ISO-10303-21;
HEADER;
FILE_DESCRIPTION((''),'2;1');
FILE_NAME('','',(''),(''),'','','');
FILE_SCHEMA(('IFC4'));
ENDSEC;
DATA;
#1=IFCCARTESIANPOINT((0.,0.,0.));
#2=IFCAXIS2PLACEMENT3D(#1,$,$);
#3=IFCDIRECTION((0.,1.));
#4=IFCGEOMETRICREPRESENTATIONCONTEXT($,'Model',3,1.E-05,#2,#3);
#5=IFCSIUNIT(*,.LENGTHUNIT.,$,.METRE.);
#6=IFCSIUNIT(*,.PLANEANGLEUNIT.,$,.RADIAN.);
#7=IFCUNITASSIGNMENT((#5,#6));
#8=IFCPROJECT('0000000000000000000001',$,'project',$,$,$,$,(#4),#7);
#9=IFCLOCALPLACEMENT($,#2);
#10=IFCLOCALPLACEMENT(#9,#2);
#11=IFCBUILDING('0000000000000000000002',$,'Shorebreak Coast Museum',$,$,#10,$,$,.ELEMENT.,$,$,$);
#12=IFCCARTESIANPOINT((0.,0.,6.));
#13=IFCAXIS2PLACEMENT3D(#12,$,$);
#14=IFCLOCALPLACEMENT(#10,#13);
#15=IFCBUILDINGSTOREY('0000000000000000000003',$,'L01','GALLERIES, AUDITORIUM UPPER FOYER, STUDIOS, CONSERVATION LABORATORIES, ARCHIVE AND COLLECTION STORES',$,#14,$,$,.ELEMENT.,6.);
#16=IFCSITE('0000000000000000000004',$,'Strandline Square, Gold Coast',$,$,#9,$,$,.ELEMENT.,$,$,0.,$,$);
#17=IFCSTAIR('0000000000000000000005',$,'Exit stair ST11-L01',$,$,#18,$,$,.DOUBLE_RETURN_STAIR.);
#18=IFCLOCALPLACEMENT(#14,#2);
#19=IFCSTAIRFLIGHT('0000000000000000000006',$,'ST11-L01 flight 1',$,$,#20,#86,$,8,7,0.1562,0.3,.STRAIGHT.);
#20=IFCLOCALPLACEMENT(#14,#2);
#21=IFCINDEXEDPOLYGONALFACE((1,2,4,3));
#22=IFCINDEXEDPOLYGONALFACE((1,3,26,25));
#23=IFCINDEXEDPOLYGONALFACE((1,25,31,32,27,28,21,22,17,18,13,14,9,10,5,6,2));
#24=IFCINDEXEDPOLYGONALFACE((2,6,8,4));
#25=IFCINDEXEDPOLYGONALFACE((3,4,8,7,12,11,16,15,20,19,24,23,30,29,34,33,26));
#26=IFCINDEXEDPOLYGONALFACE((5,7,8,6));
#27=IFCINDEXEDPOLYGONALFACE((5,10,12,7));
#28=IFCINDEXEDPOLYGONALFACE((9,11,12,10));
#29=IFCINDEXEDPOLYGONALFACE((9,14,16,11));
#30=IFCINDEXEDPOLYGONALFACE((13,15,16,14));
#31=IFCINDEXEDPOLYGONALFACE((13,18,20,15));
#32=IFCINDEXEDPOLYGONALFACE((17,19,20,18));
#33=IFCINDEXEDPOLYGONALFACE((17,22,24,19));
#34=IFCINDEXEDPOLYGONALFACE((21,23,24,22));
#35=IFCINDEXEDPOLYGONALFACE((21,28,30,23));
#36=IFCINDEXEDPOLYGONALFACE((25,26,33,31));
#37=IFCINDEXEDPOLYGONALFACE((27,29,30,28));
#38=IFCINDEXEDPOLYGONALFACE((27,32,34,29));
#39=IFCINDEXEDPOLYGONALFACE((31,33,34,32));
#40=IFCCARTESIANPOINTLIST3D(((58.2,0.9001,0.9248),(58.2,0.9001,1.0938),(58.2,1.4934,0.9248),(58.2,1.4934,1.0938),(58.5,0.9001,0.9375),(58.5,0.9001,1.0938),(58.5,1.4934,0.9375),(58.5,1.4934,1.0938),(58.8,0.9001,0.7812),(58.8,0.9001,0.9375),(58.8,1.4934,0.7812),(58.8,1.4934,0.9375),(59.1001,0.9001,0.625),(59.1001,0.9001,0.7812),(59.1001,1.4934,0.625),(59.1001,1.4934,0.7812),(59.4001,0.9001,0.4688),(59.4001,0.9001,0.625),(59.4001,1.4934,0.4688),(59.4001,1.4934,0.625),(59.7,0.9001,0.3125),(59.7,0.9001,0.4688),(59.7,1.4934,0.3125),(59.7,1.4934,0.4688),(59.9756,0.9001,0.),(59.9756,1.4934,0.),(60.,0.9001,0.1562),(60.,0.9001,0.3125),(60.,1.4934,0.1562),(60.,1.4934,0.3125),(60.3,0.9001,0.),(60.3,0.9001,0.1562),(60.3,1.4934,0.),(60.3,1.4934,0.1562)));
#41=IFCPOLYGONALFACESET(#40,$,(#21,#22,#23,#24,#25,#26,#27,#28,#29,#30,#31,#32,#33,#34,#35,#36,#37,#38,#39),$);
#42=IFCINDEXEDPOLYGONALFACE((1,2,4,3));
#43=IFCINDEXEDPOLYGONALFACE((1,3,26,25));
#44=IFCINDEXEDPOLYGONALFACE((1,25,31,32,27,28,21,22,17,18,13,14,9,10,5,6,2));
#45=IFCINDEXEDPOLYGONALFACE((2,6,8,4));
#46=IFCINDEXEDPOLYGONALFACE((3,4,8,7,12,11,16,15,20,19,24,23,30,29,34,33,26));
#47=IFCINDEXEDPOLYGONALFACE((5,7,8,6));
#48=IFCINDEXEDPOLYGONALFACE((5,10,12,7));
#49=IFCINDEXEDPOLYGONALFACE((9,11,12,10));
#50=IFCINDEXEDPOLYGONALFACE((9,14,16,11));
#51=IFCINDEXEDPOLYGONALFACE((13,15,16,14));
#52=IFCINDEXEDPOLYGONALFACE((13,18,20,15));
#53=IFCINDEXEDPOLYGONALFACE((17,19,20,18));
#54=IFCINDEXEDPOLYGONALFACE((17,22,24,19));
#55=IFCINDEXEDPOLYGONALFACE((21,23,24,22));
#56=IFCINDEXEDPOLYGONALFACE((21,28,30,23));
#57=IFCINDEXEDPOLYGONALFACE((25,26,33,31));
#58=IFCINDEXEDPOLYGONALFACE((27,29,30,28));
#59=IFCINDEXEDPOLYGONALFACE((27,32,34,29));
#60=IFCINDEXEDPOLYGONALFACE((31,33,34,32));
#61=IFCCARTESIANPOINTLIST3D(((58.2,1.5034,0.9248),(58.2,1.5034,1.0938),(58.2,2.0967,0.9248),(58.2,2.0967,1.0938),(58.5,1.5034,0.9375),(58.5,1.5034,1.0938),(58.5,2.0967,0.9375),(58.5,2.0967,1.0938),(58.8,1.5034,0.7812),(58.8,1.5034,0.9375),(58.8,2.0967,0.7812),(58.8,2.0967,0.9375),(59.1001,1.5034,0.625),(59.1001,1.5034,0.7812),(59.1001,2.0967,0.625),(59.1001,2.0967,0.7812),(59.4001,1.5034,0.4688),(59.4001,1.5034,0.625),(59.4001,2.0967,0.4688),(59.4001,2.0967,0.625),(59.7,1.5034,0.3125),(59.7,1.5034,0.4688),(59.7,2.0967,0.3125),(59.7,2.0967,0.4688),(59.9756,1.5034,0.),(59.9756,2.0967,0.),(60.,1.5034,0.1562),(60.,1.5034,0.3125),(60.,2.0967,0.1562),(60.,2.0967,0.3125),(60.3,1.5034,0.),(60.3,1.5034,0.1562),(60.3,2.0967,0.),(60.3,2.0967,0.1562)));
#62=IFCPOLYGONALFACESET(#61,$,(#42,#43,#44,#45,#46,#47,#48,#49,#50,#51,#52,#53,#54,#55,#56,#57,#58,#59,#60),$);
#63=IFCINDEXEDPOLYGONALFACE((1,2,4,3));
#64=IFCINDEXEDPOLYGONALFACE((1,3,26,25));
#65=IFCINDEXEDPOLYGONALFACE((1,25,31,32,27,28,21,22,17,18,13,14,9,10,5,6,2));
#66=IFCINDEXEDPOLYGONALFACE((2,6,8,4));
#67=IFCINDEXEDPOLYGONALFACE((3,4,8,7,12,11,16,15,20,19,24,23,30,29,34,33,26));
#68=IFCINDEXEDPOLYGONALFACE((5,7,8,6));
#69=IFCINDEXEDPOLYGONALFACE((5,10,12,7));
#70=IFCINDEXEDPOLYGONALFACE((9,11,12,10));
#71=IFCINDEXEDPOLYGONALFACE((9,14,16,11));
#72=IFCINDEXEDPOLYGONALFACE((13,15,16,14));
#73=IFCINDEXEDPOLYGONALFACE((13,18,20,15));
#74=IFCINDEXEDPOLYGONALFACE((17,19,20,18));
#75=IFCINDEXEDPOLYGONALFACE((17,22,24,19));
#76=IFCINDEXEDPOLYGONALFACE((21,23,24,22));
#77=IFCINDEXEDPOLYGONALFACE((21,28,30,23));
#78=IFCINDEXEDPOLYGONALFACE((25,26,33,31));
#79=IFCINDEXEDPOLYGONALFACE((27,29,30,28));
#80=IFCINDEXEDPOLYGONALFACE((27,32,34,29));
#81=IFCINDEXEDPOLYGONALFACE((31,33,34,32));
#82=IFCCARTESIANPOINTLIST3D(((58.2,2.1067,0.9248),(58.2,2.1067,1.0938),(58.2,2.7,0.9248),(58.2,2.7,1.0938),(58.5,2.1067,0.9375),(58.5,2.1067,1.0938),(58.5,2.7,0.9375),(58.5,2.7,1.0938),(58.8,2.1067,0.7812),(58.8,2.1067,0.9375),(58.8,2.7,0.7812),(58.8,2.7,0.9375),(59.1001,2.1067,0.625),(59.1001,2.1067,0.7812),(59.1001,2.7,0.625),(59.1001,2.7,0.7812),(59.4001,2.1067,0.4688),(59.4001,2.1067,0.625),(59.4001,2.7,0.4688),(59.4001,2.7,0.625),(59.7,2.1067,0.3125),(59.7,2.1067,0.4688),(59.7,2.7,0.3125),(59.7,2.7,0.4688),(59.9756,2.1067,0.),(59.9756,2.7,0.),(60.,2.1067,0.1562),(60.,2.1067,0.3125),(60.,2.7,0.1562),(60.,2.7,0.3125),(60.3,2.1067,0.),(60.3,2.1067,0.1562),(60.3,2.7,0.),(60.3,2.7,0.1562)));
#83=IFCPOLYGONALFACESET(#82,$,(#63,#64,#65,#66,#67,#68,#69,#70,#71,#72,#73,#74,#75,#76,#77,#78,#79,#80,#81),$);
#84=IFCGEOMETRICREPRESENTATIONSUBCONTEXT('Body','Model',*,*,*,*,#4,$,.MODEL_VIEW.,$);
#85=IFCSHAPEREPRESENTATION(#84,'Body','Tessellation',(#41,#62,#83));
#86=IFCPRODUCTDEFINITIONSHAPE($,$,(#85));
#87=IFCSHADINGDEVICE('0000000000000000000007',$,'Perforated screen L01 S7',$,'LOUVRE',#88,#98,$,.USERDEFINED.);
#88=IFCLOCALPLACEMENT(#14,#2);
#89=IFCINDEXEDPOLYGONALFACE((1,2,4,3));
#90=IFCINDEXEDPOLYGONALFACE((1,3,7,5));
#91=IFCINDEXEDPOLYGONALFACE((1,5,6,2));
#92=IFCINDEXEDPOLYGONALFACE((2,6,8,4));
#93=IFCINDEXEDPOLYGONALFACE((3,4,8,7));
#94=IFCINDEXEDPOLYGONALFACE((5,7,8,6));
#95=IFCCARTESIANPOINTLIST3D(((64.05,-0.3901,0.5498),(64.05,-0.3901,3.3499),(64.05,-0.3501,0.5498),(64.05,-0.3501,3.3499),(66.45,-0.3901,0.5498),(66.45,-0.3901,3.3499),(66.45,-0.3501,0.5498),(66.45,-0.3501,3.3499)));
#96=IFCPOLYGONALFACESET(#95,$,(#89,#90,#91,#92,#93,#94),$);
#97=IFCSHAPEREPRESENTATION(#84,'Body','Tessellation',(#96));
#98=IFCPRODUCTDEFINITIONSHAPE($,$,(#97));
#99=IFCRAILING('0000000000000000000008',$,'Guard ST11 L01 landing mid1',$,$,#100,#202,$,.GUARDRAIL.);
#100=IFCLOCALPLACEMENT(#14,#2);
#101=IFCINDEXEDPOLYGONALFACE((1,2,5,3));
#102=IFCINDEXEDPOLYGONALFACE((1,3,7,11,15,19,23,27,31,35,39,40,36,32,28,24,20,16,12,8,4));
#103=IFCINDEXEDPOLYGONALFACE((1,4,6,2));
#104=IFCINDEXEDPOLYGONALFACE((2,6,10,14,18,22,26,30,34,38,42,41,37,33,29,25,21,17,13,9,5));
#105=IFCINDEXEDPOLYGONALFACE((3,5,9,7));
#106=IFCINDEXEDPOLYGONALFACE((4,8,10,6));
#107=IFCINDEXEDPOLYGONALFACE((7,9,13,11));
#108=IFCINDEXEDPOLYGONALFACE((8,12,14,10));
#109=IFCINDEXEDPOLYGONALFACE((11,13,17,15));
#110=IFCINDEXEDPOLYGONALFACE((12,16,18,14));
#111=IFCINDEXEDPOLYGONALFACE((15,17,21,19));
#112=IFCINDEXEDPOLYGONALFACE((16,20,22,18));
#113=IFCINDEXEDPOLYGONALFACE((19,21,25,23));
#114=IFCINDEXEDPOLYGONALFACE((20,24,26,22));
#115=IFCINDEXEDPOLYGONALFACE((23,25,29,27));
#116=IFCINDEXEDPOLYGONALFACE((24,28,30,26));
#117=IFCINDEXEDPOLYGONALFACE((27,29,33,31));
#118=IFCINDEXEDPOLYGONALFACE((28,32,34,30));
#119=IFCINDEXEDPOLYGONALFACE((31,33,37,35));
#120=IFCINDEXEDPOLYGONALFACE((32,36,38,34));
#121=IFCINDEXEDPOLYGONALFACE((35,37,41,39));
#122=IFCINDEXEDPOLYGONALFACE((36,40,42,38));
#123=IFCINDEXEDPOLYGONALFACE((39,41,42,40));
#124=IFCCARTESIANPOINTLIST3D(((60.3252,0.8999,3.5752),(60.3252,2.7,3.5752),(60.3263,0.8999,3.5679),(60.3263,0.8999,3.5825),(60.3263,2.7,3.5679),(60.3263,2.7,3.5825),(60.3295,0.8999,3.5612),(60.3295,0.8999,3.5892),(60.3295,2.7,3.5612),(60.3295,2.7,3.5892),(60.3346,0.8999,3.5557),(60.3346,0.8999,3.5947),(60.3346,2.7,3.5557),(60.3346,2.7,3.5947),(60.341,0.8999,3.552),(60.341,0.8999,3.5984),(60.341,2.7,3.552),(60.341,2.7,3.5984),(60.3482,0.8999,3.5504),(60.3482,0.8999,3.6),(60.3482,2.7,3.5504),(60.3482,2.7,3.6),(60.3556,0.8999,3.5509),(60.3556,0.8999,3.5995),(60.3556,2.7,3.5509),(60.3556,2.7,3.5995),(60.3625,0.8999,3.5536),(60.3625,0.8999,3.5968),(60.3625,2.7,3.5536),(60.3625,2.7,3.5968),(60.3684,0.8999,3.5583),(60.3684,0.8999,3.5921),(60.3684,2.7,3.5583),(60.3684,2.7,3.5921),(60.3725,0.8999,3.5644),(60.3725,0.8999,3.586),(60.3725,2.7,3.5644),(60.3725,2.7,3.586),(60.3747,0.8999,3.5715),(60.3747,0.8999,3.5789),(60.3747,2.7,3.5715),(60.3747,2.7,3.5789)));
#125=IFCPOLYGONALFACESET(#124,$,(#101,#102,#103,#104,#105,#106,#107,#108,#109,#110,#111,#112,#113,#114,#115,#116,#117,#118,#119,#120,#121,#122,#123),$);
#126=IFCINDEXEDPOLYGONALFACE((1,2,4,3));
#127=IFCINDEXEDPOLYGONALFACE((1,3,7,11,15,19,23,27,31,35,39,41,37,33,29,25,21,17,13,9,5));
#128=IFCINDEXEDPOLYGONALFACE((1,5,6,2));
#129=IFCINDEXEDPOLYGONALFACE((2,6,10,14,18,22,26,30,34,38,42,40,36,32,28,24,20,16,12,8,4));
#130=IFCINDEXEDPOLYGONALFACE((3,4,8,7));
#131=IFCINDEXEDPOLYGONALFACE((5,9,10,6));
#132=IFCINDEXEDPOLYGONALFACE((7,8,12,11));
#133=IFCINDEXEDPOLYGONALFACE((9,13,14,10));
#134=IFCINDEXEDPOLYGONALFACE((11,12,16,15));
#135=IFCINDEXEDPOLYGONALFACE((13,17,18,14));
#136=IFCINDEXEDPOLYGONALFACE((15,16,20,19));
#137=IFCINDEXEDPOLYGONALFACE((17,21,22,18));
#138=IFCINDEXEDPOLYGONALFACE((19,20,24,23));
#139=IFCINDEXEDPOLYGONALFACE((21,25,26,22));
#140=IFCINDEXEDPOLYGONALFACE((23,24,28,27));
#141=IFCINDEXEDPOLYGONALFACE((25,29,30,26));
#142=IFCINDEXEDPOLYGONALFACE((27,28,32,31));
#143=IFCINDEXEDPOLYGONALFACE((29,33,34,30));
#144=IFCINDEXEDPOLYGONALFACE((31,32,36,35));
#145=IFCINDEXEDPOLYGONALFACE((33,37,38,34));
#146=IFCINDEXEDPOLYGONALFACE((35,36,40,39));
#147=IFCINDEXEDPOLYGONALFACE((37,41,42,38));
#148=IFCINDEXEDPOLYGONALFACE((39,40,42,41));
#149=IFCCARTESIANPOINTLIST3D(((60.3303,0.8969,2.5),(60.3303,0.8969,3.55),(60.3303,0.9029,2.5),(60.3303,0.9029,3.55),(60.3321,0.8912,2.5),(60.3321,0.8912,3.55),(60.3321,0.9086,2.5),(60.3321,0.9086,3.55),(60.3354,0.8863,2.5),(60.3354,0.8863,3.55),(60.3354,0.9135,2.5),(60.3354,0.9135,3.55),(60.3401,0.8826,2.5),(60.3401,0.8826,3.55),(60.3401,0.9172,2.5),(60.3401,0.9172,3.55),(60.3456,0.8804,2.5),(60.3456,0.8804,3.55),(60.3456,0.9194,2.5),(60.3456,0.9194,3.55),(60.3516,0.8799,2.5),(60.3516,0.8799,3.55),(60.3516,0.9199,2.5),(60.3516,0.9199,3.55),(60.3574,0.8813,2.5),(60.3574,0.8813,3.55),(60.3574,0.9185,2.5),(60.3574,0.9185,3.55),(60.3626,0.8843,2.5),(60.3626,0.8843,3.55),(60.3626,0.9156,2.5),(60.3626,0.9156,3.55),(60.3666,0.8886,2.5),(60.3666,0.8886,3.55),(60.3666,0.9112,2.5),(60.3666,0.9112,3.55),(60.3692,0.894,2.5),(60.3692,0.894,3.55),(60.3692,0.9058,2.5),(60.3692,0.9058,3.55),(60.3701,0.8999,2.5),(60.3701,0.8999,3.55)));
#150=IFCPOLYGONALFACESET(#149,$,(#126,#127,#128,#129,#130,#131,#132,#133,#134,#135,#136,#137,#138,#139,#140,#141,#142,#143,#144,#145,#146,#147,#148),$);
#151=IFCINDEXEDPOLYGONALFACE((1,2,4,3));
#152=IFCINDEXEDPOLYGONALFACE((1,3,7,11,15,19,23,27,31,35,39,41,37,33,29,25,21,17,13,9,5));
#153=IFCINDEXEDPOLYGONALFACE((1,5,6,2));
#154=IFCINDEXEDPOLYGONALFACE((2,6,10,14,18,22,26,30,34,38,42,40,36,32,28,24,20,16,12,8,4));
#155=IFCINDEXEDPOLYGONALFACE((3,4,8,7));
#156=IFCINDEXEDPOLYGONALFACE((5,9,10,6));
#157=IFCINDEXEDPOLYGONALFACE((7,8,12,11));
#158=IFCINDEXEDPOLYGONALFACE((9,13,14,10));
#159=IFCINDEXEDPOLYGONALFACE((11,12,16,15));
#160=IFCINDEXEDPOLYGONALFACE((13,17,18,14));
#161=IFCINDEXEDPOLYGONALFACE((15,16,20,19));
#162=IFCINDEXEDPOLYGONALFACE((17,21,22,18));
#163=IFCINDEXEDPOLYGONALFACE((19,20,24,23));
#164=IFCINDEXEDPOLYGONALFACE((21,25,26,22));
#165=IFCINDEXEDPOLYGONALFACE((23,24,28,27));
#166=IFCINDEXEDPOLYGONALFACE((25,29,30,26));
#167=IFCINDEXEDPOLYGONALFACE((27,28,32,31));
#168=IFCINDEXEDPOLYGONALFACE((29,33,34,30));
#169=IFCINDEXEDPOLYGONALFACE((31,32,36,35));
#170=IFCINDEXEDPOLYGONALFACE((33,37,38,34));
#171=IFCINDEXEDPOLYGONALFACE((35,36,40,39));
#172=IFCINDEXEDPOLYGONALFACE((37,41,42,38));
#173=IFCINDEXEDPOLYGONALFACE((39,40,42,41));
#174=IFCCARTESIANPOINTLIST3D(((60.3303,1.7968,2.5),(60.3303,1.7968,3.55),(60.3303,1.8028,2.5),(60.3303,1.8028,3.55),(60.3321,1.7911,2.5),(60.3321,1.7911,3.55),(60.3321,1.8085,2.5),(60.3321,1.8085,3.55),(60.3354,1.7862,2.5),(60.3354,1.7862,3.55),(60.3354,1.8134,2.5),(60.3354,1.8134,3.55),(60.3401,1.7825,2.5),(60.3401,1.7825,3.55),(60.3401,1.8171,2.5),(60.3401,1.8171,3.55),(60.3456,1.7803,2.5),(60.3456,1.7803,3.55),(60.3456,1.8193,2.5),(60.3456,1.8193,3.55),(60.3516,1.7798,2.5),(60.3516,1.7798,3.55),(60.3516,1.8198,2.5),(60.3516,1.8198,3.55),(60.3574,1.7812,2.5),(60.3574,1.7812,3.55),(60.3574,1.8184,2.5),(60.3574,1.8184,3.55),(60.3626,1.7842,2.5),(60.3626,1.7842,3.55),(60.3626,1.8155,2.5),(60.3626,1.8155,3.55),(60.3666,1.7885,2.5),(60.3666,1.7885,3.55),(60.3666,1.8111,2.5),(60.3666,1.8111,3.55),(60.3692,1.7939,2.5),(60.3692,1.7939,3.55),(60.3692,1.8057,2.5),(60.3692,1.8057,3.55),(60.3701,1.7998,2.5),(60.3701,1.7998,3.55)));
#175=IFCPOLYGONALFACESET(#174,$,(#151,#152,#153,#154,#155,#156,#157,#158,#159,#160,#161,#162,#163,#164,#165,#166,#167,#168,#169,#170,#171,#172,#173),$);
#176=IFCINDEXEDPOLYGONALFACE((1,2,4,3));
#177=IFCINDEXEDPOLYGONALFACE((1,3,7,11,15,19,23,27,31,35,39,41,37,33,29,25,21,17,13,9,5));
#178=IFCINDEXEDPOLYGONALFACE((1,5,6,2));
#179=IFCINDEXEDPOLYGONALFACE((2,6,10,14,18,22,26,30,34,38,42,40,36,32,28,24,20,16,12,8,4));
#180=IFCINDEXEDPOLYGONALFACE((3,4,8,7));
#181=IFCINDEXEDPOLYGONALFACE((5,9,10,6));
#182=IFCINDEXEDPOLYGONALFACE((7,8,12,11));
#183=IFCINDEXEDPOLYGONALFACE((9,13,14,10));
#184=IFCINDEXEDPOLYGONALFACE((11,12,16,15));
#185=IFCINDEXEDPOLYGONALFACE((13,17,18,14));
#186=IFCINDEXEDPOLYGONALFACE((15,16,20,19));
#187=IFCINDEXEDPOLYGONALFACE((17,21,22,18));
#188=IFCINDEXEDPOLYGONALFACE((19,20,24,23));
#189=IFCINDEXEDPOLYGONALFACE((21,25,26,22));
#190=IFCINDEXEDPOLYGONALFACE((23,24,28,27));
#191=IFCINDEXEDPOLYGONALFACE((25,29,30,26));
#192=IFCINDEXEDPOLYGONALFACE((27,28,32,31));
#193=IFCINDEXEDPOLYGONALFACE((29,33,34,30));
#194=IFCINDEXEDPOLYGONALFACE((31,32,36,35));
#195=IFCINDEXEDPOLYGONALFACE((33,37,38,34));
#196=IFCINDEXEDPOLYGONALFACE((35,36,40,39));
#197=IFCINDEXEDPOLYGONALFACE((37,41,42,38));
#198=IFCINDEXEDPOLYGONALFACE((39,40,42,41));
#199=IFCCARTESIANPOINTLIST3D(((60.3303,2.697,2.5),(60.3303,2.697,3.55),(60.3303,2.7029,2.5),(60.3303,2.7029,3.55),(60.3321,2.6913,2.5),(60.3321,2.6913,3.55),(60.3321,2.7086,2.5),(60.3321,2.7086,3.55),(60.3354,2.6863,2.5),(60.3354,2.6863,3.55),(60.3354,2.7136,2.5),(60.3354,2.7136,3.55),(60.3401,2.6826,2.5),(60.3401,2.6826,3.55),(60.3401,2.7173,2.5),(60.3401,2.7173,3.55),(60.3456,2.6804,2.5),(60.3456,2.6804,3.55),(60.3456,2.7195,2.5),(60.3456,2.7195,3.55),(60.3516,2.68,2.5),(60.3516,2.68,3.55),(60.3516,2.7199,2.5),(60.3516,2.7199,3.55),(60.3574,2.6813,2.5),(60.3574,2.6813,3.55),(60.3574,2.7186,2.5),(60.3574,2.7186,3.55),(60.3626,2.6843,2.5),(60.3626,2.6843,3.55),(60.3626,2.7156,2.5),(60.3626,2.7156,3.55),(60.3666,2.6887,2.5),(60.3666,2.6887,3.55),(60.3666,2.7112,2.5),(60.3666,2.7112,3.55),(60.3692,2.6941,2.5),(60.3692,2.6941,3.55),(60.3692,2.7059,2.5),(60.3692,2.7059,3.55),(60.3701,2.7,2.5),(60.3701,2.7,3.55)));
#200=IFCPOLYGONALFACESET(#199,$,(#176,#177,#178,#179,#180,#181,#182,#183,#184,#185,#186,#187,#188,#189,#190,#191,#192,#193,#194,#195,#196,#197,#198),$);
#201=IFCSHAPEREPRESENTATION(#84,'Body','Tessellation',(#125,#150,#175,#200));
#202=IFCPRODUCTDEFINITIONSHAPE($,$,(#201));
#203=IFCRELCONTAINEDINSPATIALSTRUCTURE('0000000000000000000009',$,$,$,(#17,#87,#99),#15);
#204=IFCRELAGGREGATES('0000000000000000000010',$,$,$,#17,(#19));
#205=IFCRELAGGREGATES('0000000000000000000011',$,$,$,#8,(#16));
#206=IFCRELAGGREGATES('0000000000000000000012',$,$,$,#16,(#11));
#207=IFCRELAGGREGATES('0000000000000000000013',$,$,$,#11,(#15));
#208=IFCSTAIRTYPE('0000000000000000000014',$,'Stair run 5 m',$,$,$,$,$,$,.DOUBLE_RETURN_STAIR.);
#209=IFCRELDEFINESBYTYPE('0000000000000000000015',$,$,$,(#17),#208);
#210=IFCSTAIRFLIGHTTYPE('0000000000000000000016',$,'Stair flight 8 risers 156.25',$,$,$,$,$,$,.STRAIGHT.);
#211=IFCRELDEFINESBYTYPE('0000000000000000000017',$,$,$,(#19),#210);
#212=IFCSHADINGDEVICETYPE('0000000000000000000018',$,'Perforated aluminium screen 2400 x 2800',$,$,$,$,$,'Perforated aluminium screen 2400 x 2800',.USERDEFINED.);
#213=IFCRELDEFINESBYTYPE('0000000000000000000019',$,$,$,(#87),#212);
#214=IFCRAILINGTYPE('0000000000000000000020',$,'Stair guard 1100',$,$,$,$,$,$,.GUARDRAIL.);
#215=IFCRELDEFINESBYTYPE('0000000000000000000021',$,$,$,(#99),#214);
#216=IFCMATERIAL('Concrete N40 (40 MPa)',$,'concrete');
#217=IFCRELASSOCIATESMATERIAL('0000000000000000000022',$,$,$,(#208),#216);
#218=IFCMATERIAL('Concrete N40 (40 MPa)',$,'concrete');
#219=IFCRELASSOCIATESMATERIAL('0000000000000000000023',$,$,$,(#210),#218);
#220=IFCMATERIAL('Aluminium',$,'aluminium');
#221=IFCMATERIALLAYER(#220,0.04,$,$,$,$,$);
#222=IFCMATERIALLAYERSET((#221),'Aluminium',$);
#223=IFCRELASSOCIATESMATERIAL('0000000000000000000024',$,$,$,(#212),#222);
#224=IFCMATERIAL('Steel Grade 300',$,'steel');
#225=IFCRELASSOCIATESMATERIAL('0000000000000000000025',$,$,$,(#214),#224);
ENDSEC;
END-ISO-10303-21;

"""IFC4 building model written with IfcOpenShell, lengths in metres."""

from ifc_helpers import new_model, si_unit, direction, frame, origin, origin_2d, place, context, subcontext, project, spatial, polyline, rectangle, circle, outline, extrude, material, layer, layer_set, type_object, element, aggregate, save


model = new_model("IFC4")

# Units and contexts
model_context = context("Model", 3, precision=1e-05, world=origin(), true_north=direction((0.0, 1.0)))
body_context = subcontext(model_context, "Body", "Model", "MODEL_VIEW")
ifc_project = project(units=[si_unit("LENGTHUNIT", "METRE"), si_unit("PLANEANGLEUNIT", "RADIAN")], contexts=[model_context])

# Site, building, storey
site_placement = place(None, origin())
site = spatial("IfcSite", under=ifc_project, at=site_placement, Name="Strandline Square, Gold Coast", CompositionType="ELEMENT", RefElevation=0.0)
building_placement = place(site_placement, origin())
building = spatial("IfcBuilding", under=site, at=building_placement, Name="Shorebreak Coast Museum", CompositionType="ELEMENT")
storey_placement = place(building_placement, frame((0.0, 0.0, 6.0)))
storey = spatial("IfcBuildingStorey", under=building, at=storey_placement, Name="L01", Description="GALLERIES, AUDITORIUM UPPER FOYER, STUDIOS, CONSERVATION LABORATORIES, ARCHIVE AND COLLECTION STORES", CompositionType="ELEMENT", Elevation=6.0)

# Stair, stair flight
ifc_material_1 = material(Name="Concrete N40 (40 MPa)", Category="concrete")
stair_type = type_object("IfcStairType", Name="Stair run 5 m", PredefinedType="DOUBLE_RETURN_STAIR", material=ifc_material_1)
stair_placement = place(storey_placement, origin())
stair = element("IfcStair", 1, at=stair_placement, inside=storey, type_object=stair_type, Name="Exit stair ST11-L01", PredefinedType="DOUBLE_RETURN_STAIR")
ifc_material_2 = material(Name="Concrete N40 (40 MPa)", Category="concrete")
stair_flight_type = type_object("IfcStairFlightType", Name="Stair flight 8 risers 156.25", PredefinedType="STRAIGHT", material=ifc_material_2)
stair_flight_placement = place(storey_placement, frame((60.3, 1.8, 0.0), z_axis=(0.0, 0.0, 1.0), x_axis=(-1.0, 0.0, 0.0)))
stair_flight = element("IfcStairFlight", 2, at=stair_flight_placement, type_object=stair_flight_type, Name="ST11-L01 flight 1", NumberOfRisers=8, NumberOfTreads=7, PredefinedType="STRAIGHT", RiserHeight=0.1562, TreadLength=0.3, context=body_context, shape_type="SweptSolid", body=[
    extrude(outline(polyline([(0.0, 0.0), (0.0, 0.1562), (0.3, 0.1562), (0.3, 0.3125), (0.6001, 0.3125), (0.6001, 0.4688), (0.8999, 0.4688), (0.8999, 0.625), (1.2, 0.625), (1.2, 0.7812), (1.5, 0.7812), (1.5, 0.9375), (1.8, 0.9375), (1.8, 1.0938), (2.1001, 1.0938), (2.1001, 1.25), (2.1001, 0.9248), (0.3245, 0.0), (0.0, 0.0)])), frame((0.0, 0.8999, 0.0), z_axis=(0.0, -1.0, 0.0), x_axis=(1.0, 0.0, 0.0)), (0.0, 0.0, 1.0), 0.5933),
    extrude(outline(polyline([(0.0, 0.0), (0.0, 0.1562), (0.3, 0.1562), (0.3, 0.3125), (0.6001, 0.3125), (0.6001, 0.4688), (0.8999, 0.4688), (0.8999, 0.625), (1.2, 0.625), (1.2, 0.7812), (1.5, 0.7812), (1.5, 0.9375), (1.8, 0.9375), (1.8, 1.0938), (2.1001, 1.0938), (2.1001, 1.25), (2.1001, 0.9248), (0.3245, 0.0), (0.0, 0.0)])), frame((0.0, 0.2966, 0.0), z_axis=(0.0, -1.0, 0.0), x_axis=(1.0, 0.0, 0.0)), (0.0, 0.0, 1.0), 0.5933),
    extrude(outline(polyline([(0.0, 0.0), (0.0, 0.1562), (0.3, 0.1562), (0.3, 0.3125), (0.6001, 0.3125), (0.6001, 0.4688), (0.8999, 0.4688), (0.8999, 0.625), (1.2, 0.625), (1.2, 0.7812), (1.5, 0.7812), (1.5, 0.9375), (1.8, 0.9375), (1.8, 1.0938), (2.1001, 1.0938), (2.1001, 1.25), (2.1001, 0.9248), (0.3245, 0.0), (0.0, 0.0)])), frame((0.0, -0.3066, 0.0), z_axis=(0.0, -1.0, 0.0), x_axis=(1.0, 0.0, 0.0)), (0.0, 0.0, 1.0), 0.5933),
])
aggregate(stair, [stair_flight])

# Shading device
ifc_material_3 = material(Name="Aluminium", Category="aluminium")
ifc_layer_1 = layer(ifc_material_3, 0.04)
ifc_layer_set_1 = layer_set([ifc_layer_1], Name="Aluminium")
shading_device_type = type_object("IfcShadingDeviceType", Name="Perforated aluminium screen 2400 x 2800", ElementType="Perforated aluminium screen 2400 x 2800", PredefinedType="USERDEFINED", material=ifc_layer_set_1)
shading_device_placement = place(storey_placement, frame((65.25, -0.3701, 0.5498), z_axis=(0.0, 0.0, 1.0), x_axis=(1.0, 0.0, 0.0)))
element("IfcShadingDevice", 3, at=shading_device_placement, inside=storey, type_object=shading_device_type, Name="Perforated screen L01 S7", ObjectType="LOUVRE", PredefinedType="USERDEFINED", context=body_context, shape_type="SweptSolid", body=[
    extrude(rectangle(XDim=2.3999, YDim=0.04, at=origin_2d()), origin(), (0.0, 0.0, 1.0), 2.8),
])

# Railing
ifc_material_4 = material(Name="Steel Grade 300", Category="steel")
railing_type_1 = type_object("IfcRailingType", Name="Stair guard 1100", PredefinedType="GUARDRAIL", material=ifc_material_4)
railing_1_placement = place(storey_placement, frame((60.3501, 0.8999, 2.5)))
element("IfcRailing", 4, at=railing_1_placement, inside=storey, type_object=railing_type_1, Name="Guard ST11 L01 landing mid1", PredefinedType="GUARDRAIL", context=body_context, shape_type="SweptSolid", body=[
    extrude(circle(Radius=0.0249, at=origin_2d()), frame((0.0, 0.0, 1.0752), z_axis=(0.0, 1.0, 0.0), x_axis=(-1.0, 0.0, 0.0)), (0.0, 0.0, 1.0), 1.8),
    extrude(circle(Radius=0.02, at=origin_2d()), origin(), (0.0, 0.0, 1.0), 1.05),
    extrude(circle(Radius=0.02, at=origin_2d()), frame((0.0, 0.8999, 0.0)), (0.0, 0.0, 1.0), 1.05),
    extrude(circle(Radius=0.02, at=origin_2d()), frame((0.0, 1.8, 0.0)), (0.0, 0.0, 1.0), 1.05),
])

save(model, "model.ifc")
